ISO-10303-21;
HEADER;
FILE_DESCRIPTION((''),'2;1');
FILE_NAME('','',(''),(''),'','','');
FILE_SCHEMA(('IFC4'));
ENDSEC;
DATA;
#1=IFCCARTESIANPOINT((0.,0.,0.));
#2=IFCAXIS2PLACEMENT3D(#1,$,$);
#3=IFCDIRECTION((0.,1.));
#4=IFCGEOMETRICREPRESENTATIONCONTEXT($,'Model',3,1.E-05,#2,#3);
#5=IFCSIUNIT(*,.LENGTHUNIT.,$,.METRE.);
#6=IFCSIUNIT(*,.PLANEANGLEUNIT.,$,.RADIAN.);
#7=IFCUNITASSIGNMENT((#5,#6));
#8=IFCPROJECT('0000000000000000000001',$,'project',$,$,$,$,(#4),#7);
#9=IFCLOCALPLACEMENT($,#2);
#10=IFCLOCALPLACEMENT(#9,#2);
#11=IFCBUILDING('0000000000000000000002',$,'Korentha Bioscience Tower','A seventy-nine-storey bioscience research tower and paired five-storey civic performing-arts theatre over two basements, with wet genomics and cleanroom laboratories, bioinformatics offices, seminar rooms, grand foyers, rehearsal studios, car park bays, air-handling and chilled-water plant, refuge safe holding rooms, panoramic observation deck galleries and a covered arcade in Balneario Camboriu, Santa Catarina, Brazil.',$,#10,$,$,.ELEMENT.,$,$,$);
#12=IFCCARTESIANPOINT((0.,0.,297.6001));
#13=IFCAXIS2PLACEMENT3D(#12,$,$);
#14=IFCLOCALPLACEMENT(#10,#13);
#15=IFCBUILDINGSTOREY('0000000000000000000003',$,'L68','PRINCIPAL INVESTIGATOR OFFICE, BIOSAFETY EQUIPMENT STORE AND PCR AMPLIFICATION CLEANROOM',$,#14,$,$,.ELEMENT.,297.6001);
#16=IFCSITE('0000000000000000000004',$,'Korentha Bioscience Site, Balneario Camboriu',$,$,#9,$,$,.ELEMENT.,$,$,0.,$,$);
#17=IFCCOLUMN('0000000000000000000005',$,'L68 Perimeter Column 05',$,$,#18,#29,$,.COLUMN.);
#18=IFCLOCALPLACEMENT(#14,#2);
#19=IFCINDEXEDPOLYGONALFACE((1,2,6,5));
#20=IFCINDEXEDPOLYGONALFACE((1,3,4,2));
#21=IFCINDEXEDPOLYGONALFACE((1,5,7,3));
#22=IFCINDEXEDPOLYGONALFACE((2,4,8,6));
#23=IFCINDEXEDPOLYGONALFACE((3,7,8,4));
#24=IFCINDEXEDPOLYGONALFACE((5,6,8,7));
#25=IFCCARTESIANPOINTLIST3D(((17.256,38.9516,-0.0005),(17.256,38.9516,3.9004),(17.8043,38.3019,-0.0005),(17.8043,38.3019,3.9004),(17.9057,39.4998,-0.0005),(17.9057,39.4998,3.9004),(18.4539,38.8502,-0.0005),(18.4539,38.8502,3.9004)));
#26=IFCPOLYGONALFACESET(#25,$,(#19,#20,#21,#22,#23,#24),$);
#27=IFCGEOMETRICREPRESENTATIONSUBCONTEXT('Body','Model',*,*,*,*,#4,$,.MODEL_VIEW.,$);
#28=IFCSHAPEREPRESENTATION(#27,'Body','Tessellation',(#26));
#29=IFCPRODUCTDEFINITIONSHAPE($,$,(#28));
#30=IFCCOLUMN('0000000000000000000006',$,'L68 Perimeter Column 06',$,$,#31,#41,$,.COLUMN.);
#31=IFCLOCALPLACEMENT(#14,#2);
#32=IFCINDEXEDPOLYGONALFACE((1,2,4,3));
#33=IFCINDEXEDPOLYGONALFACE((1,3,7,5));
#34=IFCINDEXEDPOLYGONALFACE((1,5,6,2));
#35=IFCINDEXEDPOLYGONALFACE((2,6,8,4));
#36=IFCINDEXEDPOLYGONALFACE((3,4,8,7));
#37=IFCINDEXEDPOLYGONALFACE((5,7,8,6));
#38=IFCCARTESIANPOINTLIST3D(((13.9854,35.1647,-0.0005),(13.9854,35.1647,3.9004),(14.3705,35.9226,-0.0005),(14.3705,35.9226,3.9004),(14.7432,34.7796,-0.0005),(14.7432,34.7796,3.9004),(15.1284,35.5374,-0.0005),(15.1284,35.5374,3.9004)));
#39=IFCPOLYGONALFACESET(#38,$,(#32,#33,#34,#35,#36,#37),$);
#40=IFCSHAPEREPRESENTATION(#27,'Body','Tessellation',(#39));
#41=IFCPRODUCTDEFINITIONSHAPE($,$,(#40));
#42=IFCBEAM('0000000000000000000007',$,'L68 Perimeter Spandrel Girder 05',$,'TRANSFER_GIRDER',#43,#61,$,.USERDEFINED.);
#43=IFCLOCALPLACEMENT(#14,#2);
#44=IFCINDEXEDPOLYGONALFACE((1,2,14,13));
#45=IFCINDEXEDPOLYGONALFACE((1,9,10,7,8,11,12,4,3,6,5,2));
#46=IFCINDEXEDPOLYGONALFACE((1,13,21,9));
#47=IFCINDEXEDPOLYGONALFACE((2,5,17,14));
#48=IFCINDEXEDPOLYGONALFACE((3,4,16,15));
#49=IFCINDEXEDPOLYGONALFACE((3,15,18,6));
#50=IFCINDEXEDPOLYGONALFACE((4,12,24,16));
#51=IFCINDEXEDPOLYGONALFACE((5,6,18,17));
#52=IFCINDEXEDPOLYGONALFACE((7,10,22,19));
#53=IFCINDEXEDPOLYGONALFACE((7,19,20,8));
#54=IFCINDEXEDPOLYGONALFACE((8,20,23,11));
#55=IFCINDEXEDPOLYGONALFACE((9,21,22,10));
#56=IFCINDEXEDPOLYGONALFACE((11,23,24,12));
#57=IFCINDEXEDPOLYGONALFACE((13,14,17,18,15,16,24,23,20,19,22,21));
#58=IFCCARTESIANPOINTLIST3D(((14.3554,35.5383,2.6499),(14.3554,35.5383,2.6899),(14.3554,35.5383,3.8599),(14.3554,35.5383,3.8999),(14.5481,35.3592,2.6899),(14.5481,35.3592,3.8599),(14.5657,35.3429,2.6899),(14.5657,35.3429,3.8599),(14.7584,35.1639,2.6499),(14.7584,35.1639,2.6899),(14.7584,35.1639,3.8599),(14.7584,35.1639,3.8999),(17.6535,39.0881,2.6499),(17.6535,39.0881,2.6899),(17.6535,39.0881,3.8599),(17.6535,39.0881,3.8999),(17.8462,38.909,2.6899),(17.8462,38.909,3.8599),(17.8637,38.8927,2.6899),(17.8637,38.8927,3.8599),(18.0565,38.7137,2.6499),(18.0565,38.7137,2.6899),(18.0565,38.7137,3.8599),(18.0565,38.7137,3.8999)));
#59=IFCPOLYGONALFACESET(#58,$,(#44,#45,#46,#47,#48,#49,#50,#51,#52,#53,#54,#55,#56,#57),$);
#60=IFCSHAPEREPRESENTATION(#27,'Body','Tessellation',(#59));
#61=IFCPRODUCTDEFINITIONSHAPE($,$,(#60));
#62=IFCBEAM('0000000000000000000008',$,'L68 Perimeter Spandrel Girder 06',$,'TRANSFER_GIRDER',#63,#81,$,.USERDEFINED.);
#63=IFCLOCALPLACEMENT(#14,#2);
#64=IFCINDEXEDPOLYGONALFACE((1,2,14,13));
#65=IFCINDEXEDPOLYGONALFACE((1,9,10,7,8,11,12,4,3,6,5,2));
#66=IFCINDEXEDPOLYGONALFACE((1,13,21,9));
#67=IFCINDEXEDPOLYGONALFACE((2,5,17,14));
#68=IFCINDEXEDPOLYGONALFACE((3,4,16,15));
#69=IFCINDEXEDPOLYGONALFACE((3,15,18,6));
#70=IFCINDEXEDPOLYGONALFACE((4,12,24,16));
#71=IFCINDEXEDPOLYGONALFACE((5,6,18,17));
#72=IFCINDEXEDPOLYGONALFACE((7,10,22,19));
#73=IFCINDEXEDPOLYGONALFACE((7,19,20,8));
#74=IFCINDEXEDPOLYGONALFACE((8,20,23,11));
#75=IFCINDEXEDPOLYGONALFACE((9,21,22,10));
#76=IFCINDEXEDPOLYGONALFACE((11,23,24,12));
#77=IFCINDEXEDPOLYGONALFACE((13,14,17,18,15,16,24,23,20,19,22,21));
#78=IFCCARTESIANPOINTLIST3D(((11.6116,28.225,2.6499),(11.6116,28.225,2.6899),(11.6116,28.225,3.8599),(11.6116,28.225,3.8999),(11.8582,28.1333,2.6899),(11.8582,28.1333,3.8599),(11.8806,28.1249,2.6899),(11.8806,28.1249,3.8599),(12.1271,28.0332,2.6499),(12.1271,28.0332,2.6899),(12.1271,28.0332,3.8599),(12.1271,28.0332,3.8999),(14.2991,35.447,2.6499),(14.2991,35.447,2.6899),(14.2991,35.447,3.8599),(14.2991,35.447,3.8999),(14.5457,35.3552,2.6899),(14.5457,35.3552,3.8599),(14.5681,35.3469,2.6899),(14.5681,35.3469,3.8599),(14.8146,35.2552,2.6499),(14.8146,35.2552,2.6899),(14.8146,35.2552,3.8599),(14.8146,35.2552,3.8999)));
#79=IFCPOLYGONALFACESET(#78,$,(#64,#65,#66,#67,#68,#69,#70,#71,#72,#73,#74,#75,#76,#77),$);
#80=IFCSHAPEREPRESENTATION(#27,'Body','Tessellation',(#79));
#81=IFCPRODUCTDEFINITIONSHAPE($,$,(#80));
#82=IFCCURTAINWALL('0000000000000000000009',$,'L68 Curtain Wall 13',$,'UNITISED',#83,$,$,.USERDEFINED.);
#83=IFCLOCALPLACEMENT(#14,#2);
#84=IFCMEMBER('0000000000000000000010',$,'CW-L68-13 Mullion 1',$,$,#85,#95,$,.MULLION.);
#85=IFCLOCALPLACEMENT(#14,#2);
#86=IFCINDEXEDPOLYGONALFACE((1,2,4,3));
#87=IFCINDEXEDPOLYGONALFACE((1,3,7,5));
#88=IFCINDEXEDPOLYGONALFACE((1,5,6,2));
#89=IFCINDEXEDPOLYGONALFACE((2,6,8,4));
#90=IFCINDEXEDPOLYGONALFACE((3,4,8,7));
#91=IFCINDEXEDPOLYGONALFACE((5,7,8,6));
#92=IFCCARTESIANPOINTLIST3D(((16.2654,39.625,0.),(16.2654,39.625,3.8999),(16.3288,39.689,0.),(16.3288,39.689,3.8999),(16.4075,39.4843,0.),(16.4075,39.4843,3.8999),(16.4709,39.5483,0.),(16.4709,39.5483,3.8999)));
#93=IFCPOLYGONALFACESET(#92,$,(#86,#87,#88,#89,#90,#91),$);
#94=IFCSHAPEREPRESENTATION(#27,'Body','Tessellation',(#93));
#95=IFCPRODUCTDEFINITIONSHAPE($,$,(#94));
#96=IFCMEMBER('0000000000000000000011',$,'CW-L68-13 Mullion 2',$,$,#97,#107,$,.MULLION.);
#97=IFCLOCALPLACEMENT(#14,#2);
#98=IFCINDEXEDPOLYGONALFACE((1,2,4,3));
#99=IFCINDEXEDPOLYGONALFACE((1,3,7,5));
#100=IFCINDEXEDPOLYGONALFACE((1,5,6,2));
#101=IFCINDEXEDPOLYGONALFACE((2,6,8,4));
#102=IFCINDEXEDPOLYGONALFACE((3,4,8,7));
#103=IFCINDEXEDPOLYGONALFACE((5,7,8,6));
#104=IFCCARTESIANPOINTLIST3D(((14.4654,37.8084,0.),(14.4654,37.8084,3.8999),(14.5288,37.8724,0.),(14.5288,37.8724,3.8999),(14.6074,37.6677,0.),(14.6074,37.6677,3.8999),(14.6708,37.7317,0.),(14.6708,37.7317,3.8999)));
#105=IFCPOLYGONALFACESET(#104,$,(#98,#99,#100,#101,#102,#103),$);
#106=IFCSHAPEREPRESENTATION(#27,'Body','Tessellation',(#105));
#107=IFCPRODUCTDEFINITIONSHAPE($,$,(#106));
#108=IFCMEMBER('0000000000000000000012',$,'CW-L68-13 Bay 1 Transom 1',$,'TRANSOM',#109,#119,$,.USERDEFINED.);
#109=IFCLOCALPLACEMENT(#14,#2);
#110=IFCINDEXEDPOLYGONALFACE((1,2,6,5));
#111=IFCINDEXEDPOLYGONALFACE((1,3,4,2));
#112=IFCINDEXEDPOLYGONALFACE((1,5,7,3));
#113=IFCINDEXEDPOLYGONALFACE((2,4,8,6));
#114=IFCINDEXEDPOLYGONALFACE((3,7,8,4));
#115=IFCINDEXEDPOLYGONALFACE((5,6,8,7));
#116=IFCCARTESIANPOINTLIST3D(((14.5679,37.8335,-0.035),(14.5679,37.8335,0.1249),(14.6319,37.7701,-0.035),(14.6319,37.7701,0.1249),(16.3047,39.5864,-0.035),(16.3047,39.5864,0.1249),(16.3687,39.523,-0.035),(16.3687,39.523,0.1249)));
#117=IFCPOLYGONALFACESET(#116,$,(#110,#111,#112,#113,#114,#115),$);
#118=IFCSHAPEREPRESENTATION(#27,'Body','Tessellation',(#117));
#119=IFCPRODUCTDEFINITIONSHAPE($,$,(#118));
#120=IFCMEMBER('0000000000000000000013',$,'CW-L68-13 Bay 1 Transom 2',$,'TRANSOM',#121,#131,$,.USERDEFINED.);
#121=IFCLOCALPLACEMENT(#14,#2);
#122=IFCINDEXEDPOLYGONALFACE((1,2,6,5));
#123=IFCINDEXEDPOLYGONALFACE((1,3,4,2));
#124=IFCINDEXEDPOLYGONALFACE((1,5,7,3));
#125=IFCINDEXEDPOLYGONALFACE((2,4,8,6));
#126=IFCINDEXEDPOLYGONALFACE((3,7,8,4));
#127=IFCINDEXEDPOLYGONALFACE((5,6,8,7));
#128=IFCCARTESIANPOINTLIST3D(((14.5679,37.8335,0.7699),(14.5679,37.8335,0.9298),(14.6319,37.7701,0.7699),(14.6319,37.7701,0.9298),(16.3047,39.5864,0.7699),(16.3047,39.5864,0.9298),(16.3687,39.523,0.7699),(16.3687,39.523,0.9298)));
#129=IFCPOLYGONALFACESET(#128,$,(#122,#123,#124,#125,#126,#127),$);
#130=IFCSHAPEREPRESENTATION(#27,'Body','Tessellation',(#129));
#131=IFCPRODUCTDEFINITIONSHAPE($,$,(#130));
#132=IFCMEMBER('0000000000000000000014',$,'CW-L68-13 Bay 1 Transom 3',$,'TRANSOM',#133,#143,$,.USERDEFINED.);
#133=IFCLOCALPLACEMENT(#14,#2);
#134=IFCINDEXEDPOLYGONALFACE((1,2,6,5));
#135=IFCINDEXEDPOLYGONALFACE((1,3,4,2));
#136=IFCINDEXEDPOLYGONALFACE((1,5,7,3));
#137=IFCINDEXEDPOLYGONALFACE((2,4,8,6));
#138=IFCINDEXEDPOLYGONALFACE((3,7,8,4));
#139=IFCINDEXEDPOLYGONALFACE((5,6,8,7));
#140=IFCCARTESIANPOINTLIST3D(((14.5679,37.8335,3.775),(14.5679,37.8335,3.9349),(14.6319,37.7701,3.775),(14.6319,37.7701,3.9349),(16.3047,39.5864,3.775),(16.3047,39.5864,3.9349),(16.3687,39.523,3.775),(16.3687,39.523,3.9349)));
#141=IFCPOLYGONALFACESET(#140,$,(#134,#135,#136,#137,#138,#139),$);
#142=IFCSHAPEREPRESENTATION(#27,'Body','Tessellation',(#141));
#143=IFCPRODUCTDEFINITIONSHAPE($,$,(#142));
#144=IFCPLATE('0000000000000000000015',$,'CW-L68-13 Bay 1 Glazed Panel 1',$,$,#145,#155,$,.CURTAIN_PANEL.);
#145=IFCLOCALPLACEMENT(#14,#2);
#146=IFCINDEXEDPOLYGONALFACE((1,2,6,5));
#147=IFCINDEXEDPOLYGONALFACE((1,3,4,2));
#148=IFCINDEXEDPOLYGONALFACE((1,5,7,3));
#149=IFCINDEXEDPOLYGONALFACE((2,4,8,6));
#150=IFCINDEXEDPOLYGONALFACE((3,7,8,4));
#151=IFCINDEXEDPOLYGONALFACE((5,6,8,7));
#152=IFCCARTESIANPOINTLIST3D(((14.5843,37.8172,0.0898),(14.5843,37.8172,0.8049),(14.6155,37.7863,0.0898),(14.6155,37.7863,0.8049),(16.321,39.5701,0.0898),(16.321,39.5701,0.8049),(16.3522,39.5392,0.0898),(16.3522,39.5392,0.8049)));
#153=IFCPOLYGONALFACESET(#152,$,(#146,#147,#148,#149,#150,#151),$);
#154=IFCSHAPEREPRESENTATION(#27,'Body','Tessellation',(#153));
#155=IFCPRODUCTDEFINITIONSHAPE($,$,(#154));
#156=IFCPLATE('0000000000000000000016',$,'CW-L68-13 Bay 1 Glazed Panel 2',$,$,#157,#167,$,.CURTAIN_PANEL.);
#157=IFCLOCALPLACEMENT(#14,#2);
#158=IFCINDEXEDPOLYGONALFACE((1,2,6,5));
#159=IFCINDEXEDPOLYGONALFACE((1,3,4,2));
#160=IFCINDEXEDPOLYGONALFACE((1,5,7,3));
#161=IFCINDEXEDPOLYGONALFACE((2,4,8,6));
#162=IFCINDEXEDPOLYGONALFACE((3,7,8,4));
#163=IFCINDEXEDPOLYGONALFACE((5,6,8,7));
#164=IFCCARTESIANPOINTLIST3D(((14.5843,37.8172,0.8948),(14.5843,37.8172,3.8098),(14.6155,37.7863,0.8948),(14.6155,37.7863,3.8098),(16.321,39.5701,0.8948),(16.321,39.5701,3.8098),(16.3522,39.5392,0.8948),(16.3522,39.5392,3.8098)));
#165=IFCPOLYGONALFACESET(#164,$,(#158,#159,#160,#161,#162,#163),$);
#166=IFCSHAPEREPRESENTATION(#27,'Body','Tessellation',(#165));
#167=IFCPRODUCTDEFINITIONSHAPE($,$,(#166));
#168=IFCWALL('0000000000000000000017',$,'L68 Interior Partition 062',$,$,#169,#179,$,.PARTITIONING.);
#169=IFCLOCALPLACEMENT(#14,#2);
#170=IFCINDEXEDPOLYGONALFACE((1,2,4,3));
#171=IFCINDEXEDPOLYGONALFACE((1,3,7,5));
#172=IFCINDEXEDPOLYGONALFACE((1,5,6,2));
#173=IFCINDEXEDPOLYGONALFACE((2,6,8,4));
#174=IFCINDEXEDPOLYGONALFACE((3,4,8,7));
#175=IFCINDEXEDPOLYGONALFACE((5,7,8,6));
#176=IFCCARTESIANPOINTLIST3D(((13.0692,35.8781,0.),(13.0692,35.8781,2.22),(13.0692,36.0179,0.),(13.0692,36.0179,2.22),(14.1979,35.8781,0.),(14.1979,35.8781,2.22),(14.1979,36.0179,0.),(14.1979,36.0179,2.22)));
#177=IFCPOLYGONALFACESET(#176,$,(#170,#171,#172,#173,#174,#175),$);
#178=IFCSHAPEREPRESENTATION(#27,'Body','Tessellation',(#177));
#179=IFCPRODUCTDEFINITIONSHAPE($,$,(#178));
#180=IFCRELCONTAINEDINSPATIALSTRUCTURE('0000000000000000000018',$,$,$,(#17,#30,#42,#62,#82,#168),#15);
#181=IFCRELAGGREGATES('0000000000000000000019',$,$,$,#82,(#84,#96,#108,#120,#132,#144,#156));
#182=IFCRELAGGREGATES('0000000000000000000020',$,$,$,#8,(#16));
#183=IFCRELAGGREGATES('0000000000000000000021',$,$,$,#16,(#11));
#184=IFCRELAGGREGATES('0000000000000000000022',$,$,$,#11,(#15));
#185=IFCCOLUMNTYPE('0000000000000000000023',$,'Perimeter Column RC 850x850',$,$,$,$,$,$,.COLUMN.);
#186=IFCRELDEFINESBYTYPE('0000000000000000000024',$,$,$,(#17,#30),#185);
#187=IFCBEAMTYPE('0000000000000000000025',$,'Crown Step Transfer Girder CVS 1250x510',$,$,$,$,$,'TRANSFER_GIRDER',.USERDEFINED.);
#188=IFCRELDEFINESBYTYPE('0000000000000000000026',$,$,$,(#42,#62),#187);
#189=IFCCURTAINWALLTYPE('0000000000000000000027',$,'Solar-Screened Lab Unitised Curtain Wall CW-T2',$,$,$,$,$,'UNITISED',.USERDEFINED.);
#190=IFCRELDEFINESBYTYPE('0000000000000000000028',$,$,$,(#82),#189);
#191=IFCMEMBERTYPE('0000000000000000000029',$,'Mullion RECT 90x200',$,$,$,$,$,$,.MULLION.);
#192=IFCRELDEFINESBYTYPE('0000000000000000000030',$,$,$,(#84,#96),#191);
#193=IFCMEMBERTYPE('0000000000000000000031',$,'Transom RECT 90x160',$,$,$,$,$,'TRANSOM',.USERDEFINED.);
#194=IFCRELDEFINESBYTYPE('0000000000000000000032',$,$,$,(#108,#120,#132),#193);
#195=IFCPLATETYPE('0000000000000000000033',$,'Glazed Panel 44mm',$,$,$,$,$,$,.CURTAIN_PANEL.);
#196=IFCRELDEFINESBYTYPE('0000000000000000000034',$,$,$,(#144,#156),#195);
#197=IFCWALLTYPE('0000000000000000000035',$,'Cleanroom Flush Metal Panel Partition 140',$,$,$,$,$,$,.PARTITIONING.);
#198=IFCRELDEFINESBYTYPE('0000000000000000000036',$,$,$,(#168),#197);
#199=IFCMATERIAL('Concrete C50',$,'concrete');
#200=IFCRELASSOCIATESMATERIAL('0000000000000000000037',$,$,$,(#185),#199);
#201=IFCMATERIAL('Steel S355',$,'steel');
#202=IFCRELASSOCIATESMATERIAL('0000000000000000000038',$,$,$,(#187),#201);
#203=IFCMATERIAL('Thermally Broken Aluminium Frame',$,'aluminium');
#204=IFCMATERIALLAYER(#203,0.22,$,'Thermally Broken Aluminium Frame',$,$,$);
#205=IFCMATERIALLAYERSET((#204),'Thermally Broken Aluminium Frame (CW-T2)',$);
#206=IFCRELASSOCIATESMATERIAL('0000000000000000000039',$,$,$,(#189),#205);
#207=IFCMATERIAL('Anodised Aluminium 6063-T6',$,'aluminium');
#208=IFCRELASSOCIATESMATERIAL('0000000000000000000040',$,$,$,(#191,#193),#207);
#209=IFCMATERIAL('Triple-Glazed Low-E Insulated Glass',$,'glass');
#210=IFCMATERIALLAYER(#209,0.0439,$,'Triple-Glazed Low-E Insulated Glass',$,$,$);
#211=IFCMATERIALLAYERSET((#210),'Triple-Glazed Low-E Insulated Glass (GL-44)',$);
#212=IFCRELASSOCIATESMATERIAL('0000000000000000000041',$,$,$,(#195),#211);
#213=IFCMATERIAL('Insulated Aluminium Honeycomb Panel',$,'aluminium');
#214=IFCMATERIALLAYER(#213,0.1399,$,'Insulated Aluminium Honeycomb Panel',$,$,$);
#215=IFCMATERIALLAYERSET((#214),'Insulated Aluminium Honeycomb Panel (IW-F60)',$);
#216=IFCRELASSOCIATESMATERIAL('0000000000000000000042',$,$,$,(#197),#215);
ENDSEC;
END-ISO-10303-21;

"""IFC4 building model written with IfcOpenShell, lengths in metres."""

from ifc_helpers import new_model, si_unit, direction, frame, frame_2d, origin, origin_2d, place, context, subcontext, project, spatial, rectangle, i_section, extrude, material, layer, layer_set, material_profile, profile_set, type_object, element, aggregate, save


model = new_model("IFC4")

# Units and contexts
model_context = context("Model", 3, precision=1e-05, world=origin(), true_north=direction((0.0, 1.0)))
body_context = subcontext(model_context, "Body", "Model", "MODEL_VIEW")
ifc_project = project(units=[si_unit("LENGTHUNIT", "METRE"), si_unit("PLANEANGLEUNIT", "RADIAN")], contexts=[model_context])

# Site, building, storey
site_placement = place(None, origin())
site = spatial("IfcSite", under=ifc_project, at=site_placement, Name="Korentha Bioscience Site, Balneario Camboriu", CompositionType="ELEMENT", RefElevation=0.0)
building_placement = place(site_placement, origin())
building = spatial("IfcBuilding", under=site, at=building_placement, Name="Korentha Bioscience Tower", Description="A seventy-nine-storey bioscience research tower and paired five-storey civic performing-arts theatre over two basements, with wet genomics and cleanroom laboratories, bioinformatics offices, seminar rooms, grand foyers, rehearsal studios, car park bays, air-handling and chilled-water plant, refuge safe holding rooms, panoramic observation deck galleries and a covered arcade in Balneario Camboriu, Santa Catarina, Brazil.", CompositionType="ELEMENT")
storey_placement = place(building_placement, frame((0.0, 0.0, 297.6001)))
storey = spatial("IfcBuildingStorey", under=building, at=storey_placement, Name="L68", Description="PRINCIPAL INVESTIGATOR OFFICE, BIOSAFETY EQUIPMENT STORE AND PCR AMPLIFICATION CLEANROOM", CompositionType="ELEMENT", Elevation=297.6001)

# Columns
ifc_material_1 = material(Name="Concrete C50", Category="concrete")
ifc_material_profile_1 = material_profile(ifc_material_1, rectangle(XDim=0.8501, YDim=0.8501, at=origin_2d()), Name="Concrete C50")
ifc_profile_set_1 = profile_set([ifc_material_profile_1], Name="Concrete C50 (COL-P08)")
column_type = type_object("IfcColumnType", Name="Perimeter Column RC 850x850", PredefinedType="COLUMN", material=ifc_profile_set_1)
for number, where, z_axis, x_axis, name in (
    (1, (17.855, 38.9009, -0.0005), (0.0, 0.0, 1.0), (0.764246, 0.644924, 0.0), "L68 Perimeter Column 05"),
    (2, (14.5569, 35.3511, -0.0005), (0.0, 0.0, 1.0), (0.453057, 0.891481, 0.0), "L68 Perimeter Column 06"),
):
    element("IfcColumn", number, at=place(storey_placement, frame(where, z_axis=z_axis, x_axis=x_axis)), inside=storey, type_object=column_type, Name=name, PredefinedType="COLUMN", context=body_context, shape_type="SweptSolid", body=[
        extrude(rectangle(XDim=0.8501, YDim=0.8501, at=origin_2d()), origin(), (0.0, 0.0, 1.0), 3.9009),
    ])

# Beams
ifc_material_2 = material(Name="Steel S355", Category="steel")
ifc_material_profile_2 = material_profile(ifc_material_2, i_section(OverallWidth=0.55, OverallDepth=1.25, WebThickness=0.0239, FlangeThickness=0.04, at=origin_2d()), Name="Steel S355")
ifc_profile_set_2 = profile_set([ifc_material_profile_2], Name="Steel S355 (TG-03)")
beam_type = type_object("IfcBeamType", Name="Crown Step Transfer Girder CVS 1250x510", ElementType="TRANSFER_GIRDER", PredefinedType="USERDEFINED", material=ifc_profile_set_2)
beam_1_placement = place(storey_placement, frame((17.855, 38.9009, 3.2749), z_axis=(-0.680656, -0.732603, 0.0), x_axis=(0.732603, -0.680656, 0.0)))
element("IfcBeam", 3, at=beam_1_placement, inside=storey, type_object=beam_type, Name="L68 Perimeter Spandrel Girder 05", ObjectType="TRANSFER_GIRDER", PredefinedType="USERDEFINED", context=body_context, shape_type="SweptSolid", body=[
    extrude(i_section(OverallWidth=0.55, OverallDepth=1.25, WebThickness=0.0239, FlangeThickness=0.04, at=origin_2d()), origin(), (0.0, 0.0, 1.0), 4.8455),
])
beam_2_placement = place(storey_placement, frame((14.5569, 35.3511, 3.2749), z_axis=(-0.348765, -0.93721, 0.0), x_axis=(0.93721, -0.348765, 0.0)))
element("IfcBeam", 4, at=beam_2_placement, inside=storey, type_object=beam_type, Name="L68 Perimeter Spandrel Girder 06", ObjectType="TRANSFER_GIRDER", PredefinedType="USERDEFINED", context=body_context, shape_type="SweptSolid", body=[
    extrude(i_section(OverallWidth=0.55, OverallDepth=1.25, WebThickness=0.0239, FlangeThickness=0.04, at=origin_2d()), origin(), (0.0, 0.0, 1.0), 7.7058),
])

# Curtain wall, members, plates
ifc_material_3 = material(Name="Thermally Broken Aluminium Frame", Category="aluminium")
ifc_layer_1 = layer(ifc_material_3, 0.22, Name="Thermally Broken Aluminium Frame")
ifc_layer_set_1 = layer_set([ifc_layer_1], Name="Thermally Broken Aluminium Frame (CW-T2)")
curtain_wall_type = type_object("IfcCurtainWallType", Name="Solar-Screened Lab Unitised Curtain Wall CW-T2", ElementType="UNITISED", PredefinedType="USERDEFINED", material=ifc_layer_set_1)
curtain_wall_placement = place(storey_placement, origin())
curtain_wall = element("IfcCurtainWall", 5, at=curtain_wall_placement, inside=storey, type_object=curtain_wall_type, Name="L68 Curtain Wall 13", ObjectType="UNITISED", PredefinedType="USERDEFINED")
ifc_material_4 = material(Name="Anodised Aluminium 6063-T6", Category="aluminium")
ifc_material_profile_3 = material_profile(ifc_material_4, rectangle(XDim=0.0901, YDim=0.2, at=origin_2d()), Name="Anodised Aluminium 6063-T6")
ifc_profile_set_3 = profile_set([ifc_material_profile_3], Name="Anodised Aluminium 6063-T6 (CW-MUL)")
member_type_1 = type_object("IfcMemberType", Name="Mullion RECT 90x200", PredefinedType="MULLION", material=ifc_profile_set_3)
member_1_placement = place(storey_placement, frame((16.3682, 39.5867, 0.0), z_axis=(0.0, 0.0, 1.0), x_axis=(-0.703813, -0.710385, 0.0)))
member_1 = element("IfcMember", 6, at=member_1_placement, type_object=member_type_1, Name="CW-L68-13 Mullion 1", PredefinedType="MULLION", context=body_context, shape_type="SweptSolid", body=[
    extrude(rectangle(XDim=0.0901, YDim=0.2, at=origin_2d()), origin(), (0.0, 0.0, 1.0), 3.8999),
])
member_2_placement = place(storey_placement, frame((14.5681, 37.77, 0.0), z_axis=(0.0, 0.0, 1.0), x_axis=(-0.703813, -0.710385, 0.0)))
member_2 = element("IfcMember", 7, at=member_2_placement, type_object=member_type_1, Name="CW-L68-13 Mullion 2", PredefinedType="MULLION", context=body_context, shape_type="SweptSolid", body=[
    extrude(rectangle(XDim=0.0901, YDim=0.2, at=origin_2d()), origin(), (0.0, 0.0, 1.0), 3.8999),
])
ifc_material_profile_4 = material_profile(ifc_material_4, rectangle(XDim=0.0901, YDim=0.1599, at=origin_2d()), Name="Anodised Aluminium 6063-T6")
ifc_profile_set_4 = profile_set([ifc_material_profile_4], Name="Anodised Aluminium 6063-T6 (CW-TRN)")
member_type_2 = type_object("IfcMemberType", Name="Transom RECT 90x160", ElementType="TRANSOM", PredefinedType="USERDEFINED", material=ifc_profile_set_4)
member_3_placement = place(storey_placement, frame((16.3367, 39.5547, 0.0449), z_axis=(-0.703834, -0.710364, 0.0), x_axis=(0.710364, -0.703834, 0.0)))
member_3 = element("IfcMember", 8, at=member_3_placement, type_object=member_type_2, Name="CW-L68-13 Bay 1 Transom 1", ObjectType="TRANSOM", PredefinedType="USERDEFINED", context=body_context, shape_type="SweptSolid", body=[
    extrude(rectangle(XDim=0.0901, YDim=0.1599, at=origin_2d()), origin(), (0.0, 0.0, 1.0), 2.4675),
])
member_4_placement = place(storey_placement, frame((16.3367, 39.5547, 0.8499), z_axis=(-0.703834, -0.710364, 0.0), x_axis=(0.710364, -0.703834, 0.0)))
member_4 = element("IfcMember", 9, at=member_4_placement, type_object=member_type_2, Name="CW-L68-13 Bay 1 Transom 2", ObjectType="TRANSOM", PredefinedType="USERDEFINED", context=body_context, shape_type="SweptSolid", body=[
    extrude(rectangle(XDim=0.0901, YDim=0.1599, at=origin_2d()), origin(), (0.0, 0.0, 1.0), 2.4675),
])
member_5_placement = place(storey_placement, frame((16.3367, 39.5547, 3.855), z_axis=(-0.703834, -0.710364, 0.0), x_axis=(0.710364, -0.703834, 0.0)))
member_5 = element("IfcMember", 10, at=member_5_placement, type_object=member_type_2, Name="CW-L68-13 Bay 1 Transom 3", ObjectType="TRANSOM", PredefinedType="USERDEFINED", context=body_context, shape_type="SweptSolid", body=[
    extrude(rectangle(XDim=0.0901, YDim=0.1599, at=origin_2d()), origin(), (0.0, 0.0, 1.0), 2.4675),
])
ifc_material_5 = material(Name="Triple-Glazed Low-E Insulated Glass", Category="glass")
ifc_layer_2 = layer(ifc_material_5, 0.0439, Name="Triple-Glazed Low-E Insulated Glass")
ifc_layer_set_2 = layer_set([ifc_layer_2], Name="Triple-Glazed Low-E Insulated Glass (GL-44)")
plate_type = type_object("IfcPlateType", Name="Glazed Panel 44mm", PredefinedType="CURTAIN_PANEL", material=ifc_layer_set_2)
plate_1_placement = place(storey_placement, frame((15.4683, 38.6782, 0.0898), z_axis=(0.0, 0.0, 1.0), x_axis=(-0.703813, -0.710385, 0.0)))
plate_1 = element("IfcPlate", 11, at=plate_1_placement, type_object=plate_type, Name="CW-L68-13 Bay 1 Glazed Panel 1", PredefinedType="CURTAIN_PANEL", context=body_context, shape_type="SweptSolid", body=[
    extrude(rectangle(XDim=2.4675, YDim=0.0439, at=origin_2d()), origin(), (0.0, 0.0, 1.0), 0.7151),
])
plate_2_placement = place(storey_placement, frame((15.4683, 38.6782, 0.8948), z_axis=(0.0, 0.0, 1.0), x_axis=(-0.703813, -0.710385, 0.0)))
plate_2 = element("IfcPlate", 12, at=plate_2_placement, type_object=plate_type, Name="CW-L68-13 Bay 1 Glazed Panel 2", PredefinedType="CURTAIN_PANEL", context=body_context, shape_type="SweptSolid", body=[
    extrude(rectangle(XDim=2.4675, YDim=0.0439, at=origin_2d()), origin(), (0.0, 0.0, 1.0), 2.915),
])
aggregate(curtain_wall, [member_1, member_2, member_3, member_4, member_5, plate_1, plate_2])

# Wall
ifc_material_6 = material(Name="Insulated Aluminium Honeycomb Panel", Category="aluminium")
ifc_layer_3 = layer(ifc_material_6, 0.1399, Name="Insulated Aluminium Honeycomb Panel")
ifc_layer_set_3 = layer_set([ifc_layer_3], Name="Insulated Aluminium Honeycomb Panel (IW-F60)")
wall_type_1 = type_object("IfcWallType", Name="Cleanroom Flush Metal Panel Partition 140", PredefinedType="PARTITIONING", material=ifc_layer_set_3)
wall_1_placement = place(storey_placement, frame((13.0691, 35.948, 0.0), z_axis=(0.0, 0.0, 1.0), x_axis=(1.0, 0.0, 0.0)))
element("IfcWall", 13, at=wall_1_placement, inside=storey, type_object=wall_type_1, Name="L68 Interior Partition 062", PredefinedType="PARTITIONING", context=body_context, shape_type="SweptSolid", body=[
    extrude(rectangle(XDim=1.1287, YDim=0.1399, at=frame_2d((0.5645, 0.0))), origin(), (0.0, 0.0, 1.0), 2.22),
])

save(model, "model.ifc")
